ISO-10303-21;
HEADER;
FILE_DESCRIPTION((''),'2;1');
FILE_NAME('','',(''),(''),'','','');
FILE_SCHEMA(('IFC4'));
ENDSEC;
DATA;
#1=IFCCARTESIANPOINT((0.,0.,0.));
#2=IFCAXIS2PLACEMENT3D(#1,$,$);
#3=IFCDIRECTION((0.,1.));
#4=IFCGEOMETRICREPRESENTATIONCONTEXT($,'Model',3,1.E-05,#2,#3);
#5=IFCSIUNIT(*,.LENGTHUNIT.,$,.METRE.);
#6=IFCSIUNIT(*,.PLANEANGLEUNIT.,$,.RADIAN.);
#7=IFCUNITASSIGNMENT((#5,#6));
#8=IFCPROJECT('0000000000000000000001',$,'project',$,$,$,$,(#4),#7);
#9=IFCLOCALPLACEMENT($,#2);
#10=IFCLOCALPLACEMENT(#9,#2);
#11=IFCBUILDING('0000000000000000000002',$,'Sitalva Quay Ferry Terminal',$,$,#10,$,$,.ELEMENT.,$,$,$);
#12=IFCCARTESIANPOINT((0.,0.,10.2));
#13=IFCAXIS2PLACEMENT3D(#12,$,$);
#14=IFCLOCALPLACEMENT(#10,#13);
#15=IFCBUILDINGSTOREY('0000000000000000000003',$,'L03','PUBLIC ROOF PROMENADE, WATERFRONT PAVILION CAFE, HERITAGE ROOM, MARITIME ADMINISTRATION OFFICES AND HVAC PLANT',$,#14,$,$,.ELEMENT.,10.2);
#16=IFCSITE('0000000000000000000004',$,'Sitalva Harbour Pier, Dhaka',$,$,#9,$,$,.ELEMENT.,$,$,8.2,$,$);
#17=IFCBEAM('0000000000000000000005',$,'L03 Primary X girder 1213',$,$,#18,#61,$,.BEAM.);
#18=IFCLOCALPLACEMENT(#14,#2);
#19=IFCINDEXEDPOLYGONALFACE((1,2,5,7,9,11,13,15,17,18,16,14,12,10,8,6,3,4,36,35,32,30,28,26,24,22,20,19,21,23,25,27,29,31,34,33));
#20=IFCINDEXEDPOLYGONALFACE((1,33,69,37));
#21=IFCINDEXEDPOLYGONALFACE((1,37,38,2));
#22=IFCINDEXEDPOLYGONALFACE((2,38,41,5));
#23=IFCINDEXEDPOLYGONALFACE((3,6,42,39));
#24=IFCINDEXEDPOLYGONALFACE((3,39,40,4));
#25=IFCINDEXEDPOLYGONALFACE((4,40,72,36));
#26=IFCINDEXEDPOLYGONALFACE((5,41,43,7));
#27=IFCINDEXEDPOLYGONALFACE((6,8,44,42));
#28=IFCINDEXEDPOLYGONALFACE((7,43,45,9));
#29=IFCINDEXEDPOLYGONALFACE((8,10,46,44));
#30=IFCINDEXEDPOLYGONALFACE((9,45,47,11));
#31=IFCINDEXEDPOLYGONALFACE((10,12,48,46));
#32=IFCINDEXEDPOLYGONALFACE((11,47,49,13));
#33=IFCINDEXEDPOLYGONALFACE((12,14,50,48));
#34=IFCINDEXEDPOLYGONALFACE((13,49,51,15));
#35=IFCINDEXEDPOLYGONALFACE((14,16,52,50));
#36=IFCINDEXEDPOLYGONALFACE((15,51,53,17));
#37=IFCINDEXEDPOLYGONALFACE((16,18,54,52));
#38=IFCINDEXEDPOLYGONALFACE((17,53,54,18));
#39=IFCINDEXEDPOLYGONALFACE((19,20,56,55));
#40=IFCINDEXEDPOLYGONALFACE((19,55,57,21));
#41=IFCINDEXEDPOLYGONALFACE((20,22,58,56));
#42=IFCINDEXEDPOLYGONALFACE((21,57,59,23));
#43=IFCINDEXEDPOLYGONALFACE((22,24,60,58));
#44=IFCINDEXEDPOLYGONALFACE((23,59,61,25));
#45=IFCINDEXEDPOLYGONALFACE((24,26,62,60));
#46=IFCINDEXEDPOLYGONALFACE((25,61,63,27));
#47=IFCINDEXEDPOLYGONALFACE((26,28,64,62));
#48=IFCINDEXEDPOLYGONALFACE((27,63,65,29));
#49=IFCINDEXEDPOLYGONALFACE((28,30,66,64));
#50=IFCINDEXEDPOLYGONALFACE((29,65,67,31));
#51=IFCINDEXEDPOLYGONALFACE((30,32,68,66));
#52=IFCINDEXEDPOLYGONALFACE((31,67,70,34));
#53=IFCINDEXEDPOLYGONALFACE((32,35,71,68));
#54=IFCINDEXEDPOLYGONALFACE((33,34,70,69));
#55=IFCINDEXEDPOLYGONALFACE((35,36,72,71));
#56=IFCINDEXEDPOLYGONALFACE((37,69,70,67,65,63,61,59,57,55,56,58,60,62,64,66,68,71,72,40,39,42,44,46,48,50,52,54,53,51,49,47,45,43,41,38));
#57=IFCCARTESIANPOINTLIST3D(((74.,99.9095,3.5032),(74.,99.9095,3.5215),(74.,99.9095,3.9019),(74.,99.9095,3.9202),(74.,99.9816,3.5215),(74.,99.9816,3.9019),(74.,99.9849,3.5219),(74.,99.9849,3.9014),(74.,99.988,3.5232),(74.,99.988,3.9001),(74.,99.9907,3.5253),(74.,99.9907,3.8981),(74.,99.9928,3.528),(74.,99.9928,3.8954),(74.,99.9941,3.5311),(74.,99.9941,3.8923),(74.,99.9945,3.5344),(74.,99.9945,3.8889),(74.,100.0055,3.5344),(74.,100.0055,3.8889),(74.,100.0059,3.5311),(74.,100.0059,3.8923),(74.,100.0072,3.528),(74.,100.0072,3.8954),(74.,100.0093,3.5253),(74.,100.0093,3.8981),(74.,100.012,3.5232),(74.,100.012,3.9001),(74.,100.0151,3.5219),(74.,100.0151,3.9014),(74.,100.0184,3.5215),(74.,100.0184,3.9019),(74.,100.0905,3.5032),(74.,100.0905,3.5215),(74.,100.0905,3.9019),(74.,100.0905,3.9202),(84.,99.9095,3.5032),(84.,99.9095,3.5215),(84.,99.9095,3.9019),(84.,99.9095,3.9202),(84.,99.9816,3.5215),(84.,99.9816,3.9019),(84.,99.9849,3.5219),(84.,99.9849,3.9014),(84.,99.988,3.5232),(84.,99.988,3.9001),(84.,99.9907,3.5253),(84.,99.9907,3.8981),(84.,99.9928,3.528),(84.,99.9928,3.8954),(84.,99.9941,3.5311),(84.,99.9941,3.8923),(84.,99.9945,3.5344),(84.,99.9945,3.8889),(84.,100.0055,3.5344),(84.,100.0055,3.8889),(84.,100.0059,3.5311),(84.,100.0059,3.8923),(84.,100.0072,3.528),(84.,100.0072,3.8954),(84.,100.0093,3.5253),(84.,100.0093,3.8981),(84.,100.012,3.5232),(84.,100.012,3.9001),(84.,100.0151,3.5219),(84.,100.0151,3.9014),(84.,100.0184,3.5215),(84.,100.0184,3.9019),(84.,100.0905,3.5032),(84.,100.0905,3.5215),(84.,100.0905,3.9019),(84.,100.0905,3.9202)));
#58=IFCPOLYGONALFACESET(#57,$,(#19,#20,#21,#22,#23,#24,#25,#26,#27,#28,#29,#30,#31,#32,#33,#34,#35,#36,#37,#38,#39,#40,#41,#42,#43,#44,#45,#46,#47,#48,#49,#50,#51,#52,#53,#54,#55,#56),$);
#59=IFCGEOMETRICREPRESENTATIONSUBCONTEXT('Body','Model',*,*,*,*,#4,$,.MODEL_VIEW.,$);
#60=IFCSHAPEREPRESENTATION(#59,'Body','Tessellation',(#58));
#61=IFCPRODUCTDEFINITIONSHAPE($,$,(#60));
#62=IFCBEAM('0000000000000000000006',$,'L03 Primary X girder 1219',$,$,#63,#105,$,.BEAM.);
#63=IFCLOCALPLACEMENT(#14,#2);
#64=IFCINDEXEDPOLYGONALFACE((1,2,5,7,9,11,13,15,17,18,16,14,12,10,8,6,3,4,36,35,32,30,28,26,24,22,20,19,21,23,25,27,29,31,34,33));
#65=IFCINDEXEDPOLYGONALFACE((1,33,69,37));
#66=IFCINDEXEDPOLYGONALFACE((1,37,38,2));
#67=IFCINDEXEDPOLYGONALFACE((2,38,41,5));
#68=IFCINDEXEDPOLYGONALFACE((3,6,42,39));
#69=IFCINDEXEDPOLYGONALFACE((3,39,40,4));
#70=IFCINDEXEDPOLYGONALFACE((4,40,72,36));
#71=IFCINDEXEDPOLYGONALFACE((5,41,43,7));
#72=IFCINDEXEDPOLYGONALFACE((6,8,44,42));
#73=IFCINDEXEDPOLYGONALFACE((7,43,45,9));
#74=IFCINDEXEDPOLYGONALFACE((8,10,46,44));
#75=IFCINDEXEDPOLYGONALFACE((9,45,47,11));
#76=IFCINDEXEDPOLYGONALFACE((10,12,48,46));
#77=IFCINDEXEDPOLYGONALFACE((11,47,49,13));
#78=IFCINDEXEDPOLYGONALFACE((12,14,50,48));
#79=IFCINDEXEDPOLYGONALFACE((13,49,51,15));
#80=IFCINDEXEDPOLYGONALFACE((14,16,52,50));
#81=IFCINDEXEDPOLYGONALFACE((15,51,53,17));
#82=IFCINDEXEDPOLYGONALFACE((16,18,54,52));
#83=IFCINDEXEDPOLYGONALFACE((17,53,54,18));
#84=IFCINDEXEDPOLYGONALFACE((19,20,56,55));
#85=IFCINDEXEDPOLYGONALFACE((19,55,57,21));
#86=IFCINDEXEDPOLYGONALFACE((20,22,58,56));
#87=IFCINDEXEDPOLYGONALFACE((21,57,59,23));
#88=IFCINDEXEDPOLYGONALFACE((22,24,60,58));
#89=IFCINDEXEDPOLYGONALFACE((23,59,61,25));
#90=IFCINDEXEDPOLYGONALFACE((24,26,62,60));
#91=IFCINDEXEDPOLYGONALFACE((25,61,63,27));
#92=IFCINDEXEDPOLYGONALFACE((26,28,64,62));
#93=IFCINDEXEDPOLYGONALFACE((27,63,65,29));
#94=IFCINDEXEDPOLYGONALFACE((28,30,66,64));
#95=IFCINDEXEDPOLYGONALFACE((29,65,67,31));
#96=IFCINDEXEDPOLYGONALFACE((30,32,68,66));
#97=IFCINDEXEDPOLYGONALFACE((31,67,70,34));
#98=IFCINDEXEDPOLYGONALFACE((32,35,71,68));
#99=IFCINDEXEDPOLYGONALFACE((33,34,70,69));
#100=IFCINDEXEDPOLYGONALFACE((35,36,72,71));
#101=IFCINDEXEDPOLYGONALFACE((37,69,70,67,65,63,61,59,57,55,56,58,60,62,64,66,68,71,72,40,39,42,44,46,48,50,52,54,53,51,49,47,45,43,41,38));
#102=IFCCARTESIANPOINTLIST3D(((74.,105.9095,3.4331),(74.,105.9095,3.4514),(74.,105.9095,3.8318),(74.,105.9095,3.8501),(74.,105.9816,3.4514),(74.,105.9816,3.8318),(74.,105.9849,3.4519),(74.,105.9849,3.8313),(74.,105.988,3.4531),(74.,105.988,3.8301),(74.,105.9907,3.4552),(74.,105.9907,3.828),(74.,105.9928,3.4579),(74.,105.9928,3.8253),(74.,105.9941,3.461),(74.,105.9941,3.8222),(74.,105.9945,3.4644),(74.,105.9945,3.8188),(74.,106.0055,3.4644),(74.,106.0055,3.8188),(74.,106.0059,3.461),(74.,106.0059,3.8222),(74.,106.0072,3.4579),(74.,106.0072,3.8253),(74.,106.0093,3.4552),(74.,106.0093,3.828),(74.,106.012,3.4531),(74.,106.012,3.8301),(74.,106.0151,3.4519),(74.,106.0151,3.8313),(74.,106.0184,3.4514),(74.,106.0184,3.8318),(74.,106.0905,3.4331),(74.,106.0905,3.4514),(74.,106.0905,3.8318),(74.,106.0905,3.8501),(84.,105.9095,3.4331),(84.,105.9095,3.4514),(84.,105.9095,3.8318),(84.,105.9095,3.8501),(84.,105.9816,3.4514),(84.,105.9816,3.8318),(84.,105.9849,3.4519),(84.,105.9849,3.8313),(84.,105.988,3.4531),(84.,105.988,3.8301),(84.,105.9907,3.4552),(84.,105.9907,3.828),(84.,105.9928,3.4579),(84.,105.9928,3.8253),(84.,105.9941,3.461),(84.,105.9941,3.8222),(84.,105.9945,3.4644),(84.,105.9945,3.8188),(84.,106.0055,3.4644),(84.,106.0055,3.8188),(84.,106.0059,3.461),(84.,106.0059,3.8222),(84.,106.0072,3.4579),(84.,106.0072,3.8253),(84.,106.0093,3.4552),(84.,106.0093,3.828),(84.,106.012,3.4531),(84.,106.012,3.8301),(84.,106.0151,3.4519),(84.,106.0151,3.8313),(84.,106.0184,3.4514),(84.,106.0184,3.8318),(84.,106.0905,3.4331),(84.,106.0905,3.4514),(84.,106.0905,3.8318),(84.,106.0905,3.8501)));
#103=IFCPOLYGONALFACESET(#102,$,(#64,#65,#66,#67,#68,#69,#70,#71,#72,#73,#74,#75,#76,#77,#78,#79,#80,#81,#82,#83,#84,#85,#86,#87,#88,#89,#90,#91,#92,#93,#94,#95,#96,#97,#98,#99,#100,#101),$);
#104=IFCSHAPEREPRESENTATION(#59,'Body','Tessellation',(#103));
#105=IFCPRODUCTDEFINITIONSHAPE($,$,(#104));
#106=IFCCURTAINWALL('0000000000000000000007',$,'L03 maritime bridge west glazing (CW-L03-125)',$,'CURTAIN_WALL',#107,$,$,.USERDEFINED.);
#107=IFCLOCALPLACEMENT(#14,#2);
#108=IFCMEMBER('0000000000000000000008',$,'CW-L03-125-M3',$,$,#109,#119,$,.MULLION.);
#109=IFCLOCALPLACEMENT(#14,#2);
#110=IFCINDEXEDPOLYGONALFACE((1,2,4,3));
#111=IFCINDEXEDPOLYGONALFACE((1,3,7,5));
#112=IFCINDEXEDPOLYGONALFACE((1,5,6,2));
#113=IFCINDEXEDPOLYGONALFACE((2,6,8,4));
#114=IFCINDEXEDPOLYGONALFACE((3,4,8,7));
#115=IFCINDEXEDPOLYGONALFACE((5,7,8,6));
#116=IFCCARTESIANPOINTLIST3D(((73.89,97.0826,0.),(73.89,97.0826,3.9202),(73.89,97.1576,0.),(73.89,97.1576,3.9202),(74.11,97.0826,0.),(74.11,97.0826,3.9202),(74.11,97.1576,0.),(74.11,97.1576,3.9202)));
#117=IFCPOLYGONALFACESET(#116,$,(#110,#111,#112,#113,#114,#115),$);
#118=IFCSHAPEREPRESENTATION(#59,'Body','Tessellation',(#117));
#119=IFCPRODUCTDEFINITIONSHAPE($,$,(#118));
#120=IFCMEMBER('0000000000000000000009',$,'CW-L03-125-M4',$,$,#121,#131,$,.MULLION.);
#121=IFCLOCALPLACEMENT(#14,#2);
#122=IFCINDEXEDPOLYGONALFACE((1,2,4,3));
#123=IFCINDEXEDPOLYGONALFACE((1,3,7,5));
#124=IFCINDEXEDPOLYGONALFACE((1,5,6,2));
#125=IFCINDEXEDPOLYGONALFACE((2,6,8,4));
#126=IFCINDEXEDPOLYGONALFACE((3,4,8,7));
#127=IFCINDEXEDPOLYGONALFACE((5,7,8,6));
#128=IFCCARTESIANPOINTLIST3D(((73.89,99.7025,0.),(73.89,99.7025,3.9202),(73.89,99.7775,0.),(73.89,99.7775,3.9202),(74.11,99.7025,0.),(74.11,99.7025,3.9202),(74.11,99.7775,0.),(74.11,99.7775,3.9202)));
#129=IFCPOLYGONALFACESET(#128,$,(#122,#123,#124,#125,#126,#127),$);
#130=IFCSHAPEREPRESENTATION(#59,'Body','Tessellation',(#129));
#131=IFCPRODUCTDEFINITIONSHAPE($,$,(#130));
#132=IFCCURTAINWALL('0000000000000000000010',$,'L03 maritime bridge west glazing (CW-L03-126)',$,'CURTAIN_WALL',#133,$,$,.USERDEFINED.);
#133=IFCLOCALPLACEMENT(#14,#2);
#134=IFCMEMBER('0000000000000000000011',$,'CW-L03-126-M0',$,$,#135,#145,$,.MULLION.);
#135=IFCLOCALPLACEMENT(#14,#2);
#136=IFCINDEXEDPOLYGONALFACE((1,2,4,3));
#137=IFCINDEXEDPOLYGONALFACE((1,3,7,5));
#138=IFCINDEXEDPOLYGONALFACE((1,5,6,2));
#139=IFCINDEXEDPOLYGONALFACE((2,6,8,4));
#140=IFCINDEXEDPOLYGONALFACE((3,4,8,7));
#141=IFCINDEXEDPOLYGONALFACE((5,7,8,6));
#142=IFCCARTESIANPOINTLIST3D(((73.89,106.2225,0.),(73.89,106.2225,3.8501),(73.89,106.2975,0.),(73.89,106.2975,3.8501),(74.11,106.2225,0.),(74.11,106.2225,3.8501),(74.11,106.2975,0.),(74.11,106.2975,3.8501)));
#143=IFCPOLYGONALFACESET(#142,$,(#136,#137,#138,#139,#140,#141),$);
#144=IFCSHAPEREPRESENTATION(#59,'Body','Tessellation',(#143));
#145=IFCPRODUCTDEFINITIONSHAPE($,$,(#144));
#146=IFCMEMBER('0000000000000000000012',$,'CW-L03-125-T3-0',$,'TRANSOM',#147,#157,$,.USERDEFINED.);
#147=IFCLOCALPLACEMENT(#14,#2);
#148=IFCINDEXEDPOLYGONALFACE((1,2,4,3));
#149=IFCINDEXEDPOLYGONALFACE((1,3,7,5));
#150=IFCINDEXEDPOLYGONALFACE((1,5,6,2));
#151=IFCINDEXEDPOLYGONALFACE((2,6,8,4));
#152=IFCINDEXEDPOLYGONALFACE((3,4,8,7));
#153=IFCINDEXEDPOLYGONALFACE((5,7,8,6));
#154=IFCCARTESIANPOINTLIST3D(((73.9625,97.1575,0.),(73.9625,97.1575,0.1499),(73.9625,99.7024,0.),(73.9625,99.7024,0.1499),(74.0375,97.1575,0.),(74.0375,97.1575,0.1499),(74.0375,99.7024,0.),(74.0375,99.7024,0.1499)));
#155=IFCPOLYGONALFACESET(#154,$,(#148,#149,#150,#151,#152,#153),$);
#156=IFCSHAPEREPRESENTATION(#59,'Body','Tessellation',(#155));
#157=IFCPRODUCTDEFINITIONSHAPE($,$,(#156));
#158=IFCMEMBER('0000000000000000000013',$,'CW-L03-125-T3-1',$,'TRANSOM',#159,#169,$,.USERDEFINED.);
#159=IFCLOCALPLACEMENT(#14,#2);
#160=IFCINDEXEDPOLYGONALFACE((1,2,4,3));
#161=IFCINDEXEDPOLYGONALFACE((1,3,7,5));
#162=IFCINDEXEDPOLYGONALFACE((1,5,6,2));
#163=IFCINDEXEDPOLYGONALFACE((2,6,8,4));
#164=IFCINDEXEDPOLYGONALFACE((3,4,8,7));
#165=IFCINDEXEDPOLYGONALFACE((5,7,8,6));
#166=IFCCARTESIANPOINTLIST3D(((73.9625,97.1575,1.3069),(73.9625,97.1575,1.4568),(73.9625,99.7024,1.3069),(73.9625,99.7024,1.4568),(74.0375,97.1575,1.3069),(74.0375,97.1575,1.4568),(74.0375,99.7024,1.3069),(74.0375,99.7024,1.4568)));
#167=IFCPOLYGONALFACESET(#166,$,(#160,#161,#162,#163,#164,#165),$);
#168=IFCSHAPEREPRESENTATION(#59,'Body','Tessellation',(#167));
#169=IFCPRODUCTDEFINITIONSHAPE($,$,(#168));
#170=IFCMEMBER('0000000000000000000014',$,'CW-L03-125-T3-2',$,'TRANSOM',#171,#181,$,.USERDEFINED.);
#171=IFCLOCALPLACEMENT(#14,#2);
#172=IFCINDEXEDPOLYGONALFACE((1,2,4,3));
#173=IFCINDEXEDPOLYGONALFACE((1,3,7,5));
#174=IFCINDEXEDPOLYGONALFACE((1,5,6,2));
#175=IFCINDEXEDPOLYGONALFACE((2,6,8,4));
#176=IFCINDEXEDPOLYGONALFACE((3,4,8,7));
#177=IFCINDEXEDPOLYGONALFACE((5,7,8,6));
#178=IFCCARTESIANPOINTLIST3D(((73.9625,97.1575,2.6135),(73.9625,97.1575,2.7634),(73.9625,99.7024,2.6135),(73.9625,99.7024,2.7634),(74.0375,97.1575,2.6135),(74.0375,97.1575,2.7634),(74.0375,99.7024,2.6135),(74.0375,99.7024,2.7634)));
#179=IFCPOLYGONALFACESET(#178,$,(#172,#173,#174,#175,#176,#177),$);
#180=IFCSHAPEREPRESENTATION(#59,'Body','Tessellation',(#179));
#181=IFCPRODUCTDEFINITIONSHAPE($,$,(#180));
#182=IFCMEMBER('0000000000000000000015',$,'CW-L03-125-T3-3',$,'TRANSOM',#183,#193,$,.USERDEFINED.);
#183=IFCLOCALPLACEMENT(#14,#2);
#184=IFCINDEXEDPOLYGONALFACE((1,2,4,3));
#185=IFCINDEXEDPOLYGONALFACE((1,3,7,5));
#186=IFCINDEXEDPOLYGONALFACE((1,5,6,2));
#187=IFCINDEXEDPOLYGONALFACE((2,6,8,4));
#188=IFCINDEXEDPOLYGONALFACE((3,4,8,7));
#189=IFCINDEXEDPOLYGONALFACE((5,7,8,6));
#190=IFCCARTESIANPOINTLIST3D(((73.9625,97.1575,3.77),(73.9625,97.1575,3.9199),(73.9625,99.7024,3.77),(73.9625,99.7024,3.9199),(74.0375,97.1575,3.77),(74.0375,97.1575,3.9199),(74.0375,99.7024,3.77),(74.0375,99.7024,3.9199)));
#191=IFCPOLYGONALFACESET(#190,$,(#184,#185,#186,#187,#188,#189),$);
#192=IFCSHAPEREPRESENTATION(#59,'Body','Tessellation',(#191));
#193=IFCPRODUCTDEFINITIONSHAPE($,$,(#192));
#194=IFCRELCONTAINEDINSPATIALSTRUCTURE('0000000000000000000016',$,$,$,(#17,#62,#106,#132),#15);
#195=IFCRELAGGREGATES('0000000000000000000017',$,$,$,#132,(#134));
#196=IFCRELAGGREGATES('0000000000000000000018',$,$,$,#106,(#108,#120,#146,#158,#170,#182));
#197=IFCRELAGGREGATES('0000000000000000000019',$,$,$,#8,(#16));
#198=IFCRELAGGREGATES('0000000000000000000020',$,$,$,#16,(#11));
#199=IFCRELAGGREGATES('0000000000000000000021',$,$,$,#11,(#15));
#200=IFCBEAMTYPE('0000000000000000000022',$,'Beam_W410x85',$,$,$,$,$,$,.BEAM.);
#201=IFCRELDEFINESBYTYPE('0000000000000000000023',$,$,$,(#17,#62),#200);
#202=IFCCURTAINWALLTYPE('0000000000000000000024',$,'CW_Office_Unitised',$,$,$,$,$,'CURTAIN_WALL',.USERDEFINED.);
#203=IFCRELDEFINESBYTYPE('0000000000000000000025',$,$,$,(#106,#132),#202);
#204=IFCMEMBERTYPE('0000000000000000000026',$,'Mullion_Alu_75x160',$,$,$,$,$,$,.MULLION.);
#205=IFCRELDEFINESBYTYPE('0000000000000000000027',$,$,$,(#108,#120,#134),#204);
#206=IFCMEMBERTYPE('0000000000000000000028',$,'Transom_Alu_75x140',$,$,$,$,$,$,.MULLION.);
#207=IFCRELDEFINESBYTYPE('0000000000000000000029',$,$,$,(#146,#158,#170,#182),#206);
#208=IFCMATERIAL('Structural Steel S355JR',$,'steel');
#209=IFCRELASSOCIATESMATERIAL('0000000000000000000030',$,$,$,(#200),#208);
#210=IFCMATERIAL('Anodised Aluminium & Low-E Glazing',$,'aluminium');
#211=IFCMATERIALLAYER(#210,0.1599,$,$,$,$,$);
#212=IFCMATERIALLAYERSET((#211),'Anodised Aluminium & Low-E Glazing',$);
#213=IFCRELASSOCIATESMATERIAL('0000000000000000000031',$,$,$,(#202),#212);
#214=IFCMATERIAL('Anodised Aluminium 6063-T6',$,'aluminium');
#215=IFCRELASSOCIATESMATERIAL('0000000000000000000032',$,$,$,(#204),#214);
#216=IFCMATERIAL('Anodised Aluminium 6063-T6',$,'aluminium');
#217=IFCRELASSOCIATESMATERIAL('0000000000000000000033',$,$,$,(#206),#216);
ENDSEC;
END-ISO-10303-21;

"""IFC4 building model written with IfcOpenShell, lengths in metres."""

from ifc_helpers import new_model, si_unit, direction, frame, origin, origin_2d, place, context, subcontext, project, spatial, rectangle, i_section, extrude, material, layer, layer_set, material_profile, profile_set, type_object, element, aggregate, save


model = new_model("IFC4")

# Units and contexts
model_context = context("Model", 3, precision=1e-05, world=origin(), true_north=direction((0.0, 1.0)))
body_context = subcontext(model_context, "Body", "Model", "MODEL_VIEW")
ifc_project = project(units=[si_unit("LENGTHUNIT", "METRE"), si_unit("PLANEANGLEUNIT", "RADIAN")], contexts=[model_context])

# Site, building, storey
site_placement = place(None, origin())
site = spatial("IfcSite", under=ifc_project, at=site_placement, Name="Sitalva Harbour Pier, Dhaka", CompositionType="ELEMENT", RefElevation=8.2)
building_placement = place(site_placement, origin())
building = spatial("IfcBuilding", under=site, at=building_placement, Name="Sitalva Quay Ferry Terminal", CompositionType="ELEMENT")
storey_placement = place(building_placement, frame((0.0, 0.0, 10.2)))
storey = spatial("IfcBuildingStorey", under=building, at=storey_placement, Name="L03", Description="PUBLIC ROOF PROMENADE, WATERFRONT PAVILION CAFE, HERITAGE ROOM, MARITIME ADMINISTRATION OFFICES AND HVAC PLANT", CompositionType="ELEMENT", Elevation=10.2)

# Beams
ifc_material_1 = material(Name="Structural Steel S355JR", Category="steel")
ifc_material_profile_1 = material_profile(ifc_material_1, i_section(OverallWidth=0.1809, OverallDepth=0.417, WebThickness=0.011, FlangeThickness=0.0183, FilletRadius=0.0129, at=origin_2d()), Name="W410x85")
ifc_profile_set_1 = profile_set([ifc_material_profile_1], Name="Structural Steel S355JR")
beam_type_1 = type_object("IfcBeamType", Name="Beam_W410x85", PredefinedType="BEAM", material=ifc_profile_set_1)
for number, where, z_axis, x_axis, name in (
    (1, (74.0, 100.0, 3.7117), (1.0, 0.0, 0.0), (0.0, 1.0, 0.0), "L03 Primary X girder 1213"),
    (2, (74.0, 106.0, 3.6416), (1.0, 0.0, 0.0), (0.0, 1.0, 0.0), "L03 Primary X girder 1219"),
):
    element("IfcBeam", number, at=place(storey_placement, frame(where, z_axis=z_axis, x_axis=x_axis)), inside=storey, type_object=beam_type_1, Name=name, PredefinedType="BEAM", context=body_context, shape_type="SweptSolid", body=[
        extrude(i_section(OverallWidth=0.1809, OverallDepth=0.417, WebThickness=0.011, FlangeThickness=0.0183, FilletRadius=0.0129, at=origin_2d()), origin(), (0.0, 0.0, 1.0), 10.0),
    ])

# Curtain wall, members
ifc_material_2 = material(Name="Anodised Aluminium & Low-E Glazing", Category="aluminium")
ifc_layer_1 = layer(ifc_material_2, 0.1599)
ifc_layer_set_1 = layer_set([ifc_layer_1], Name="Anodised Aluminium & Low-E Glazing")
curtain_wall_type = type_object("IfcCurtainWallType", Name="CW_Office_Unitised", ElementType="CURTAIN_WALL", PredefinedType="USERDEFINED", material=ifc_layer_set_1)
curtain_wall_1_placement = place(storey_placement, origin())
curtain_wall_1 = element("IfcCurtainWall", 3, at=curtain_wall_1_placement, inside=storey, type_object=curtain_wall_type, Name="L03 maritime bridge west glazing (CW-L03-125)", ObjectType="CURTAIN_WALL", PredefinedType="USERDEFINED")
ifc_material_3 = material(Name="Anodised Aluminium 6063-T6", Category="aluminium")
ifc_material_profile_2 = material_profile(ifc_material_3, rectangle(XDim=0.075, YDim=0.22, at=origin_2d()), Name="ALU75x220")
ifc_profile_set_2 = profile_set([ifc_material_profile_2], Name="Anodised Aluminium 6063-T6")
member_type_1 = type_object("IfcMemberType", Name="Mullion_Alu_75x160", PredefinedType="MULLION", material=ifc_profile_set_2)
member_1_placement = place(storey_placement, frame((74.0, 97.1201, 0.0), z_axis=(0.0, 0.0, 1.0), x_axis=(0.0, 1.0, 0.0)))
member_1 = element("IfcMember", 4, at=member_1_placement, type_object=member_type_1, Name="CW-L03-125-M3", PredefinedType="MULLION", context=body_context, shape_type="SweptSolid", body=[
    extrude(rectangle(XDim=0.075, YDim=0.22, at=origin_2d()), origin(), (0.0, 0.0, 1.0), 3.9202),
])
member_2_placement = place(storey_placement, frame((74.0, 99.74, 0.0), z_axis=(0.0, 0.0, 1.0), x_axis=(0.0, 1.0, 0.0)))
member_2 = element("IfcMember", 5, at=member_2_placement, type_object=member_type_1, Name="CW-L03-125-M4", PredefinedType="MULLION", context=body_context, shape_type="SweptSolid", body=[
    extrude(rectangle(XDim=0.075, YDim=0.22, at=origin_2d()), origin(), (0.0, 0.0, 1.0), 3.9202),
])

# Curtain wall, member
curtain_wall_2_placement = place(storey_placement, origin())
curtain_wall_2 = element("IfcCurtainWall", 6, at=curtain_wall_2_placement, inside=storey, type_object=curtain_wall_type, Name="L03 maritime bridge west glazing (CW-L03-126)", ObjectType="CURTAIN_WALL", PredefinedType="USERDEFINED")
member_3_placement = place(storey_placement, frame((74.0, 106.26, 0.0), z_axis=(0.0, 0.0, 1.0), x_axis=(0.0, 1.0, 0.0)))
member_3 = element("IfcMember", 7, at=member_3_placement, type_object=member_type_1, Name="CW-L03-126-M0", PredefinedType="MULLION", context=body_context, shape_type="SweptSolid", body=[
    extrude(rectangle(XDim=0.075, YDim=0.22, at=origin_2d()), origin(), (0.0, 0.0, 1.0), 3.8501),
])

# Members
ifc_material_4 = material(Name="Anodised Aluminium 6063-T6", Category="aluminium")
ifc_material_profile_3 = material_profile(ifc_material_4, rectangle(XDim=0.075, YDim=0.1499, at=origin_2d()), Name="ALU75x150")
ifc_profile_set_3 = profile_set([ifc_material_profile_3], Name="Anodised Aluminium 6063-T6")
member_type_2 = type_object("IfcMemberType", Name="Transom_Alu_75x140", PredefinedType="MULLION", material=ifc_profile_set_3)
member_4_placement = place(storey_placement, frame((74.0, 97.1575, 0.075), z_axis=(0.0, 1.0, 0.0), x_axis=(-1.0, 0.0, 0.0)))
member_4 = element("IfcMember", 8, at=member_4_placement, type_object=member_type_2, Name="CW-L03-125-T3-0", ObjectType="TRANSOM", PredefinedType="USERDEFINED", context=body_context, shape_type="SweptSolid", body=[
    extrude(rectangle(XDim=0.075, YDim=0.1499, at=origin_2d()), origin(), (0.0, 0.0, 1.0), 2.5449),
])
member_5_placement = place(storey_placement, frame((74.0, 97.1575, 1.3818), z_axis=(0.0, 1.0, 0.0), x_axis=(-1.0, 0.0, 0.0)))
member_5 = element("IfcMember", 9, at=member_5_placement, type_object=member_type_2, Name="CW-L03-125-T3-1", ObjectType="TRANSOM", PredefinedType="USERDEFINED", context=body_context, shape_type="SweptSolid", body=[
    extrude(rectangle(XDim=0.075, YDim=0.1499, at=origin_2d()), origin(), (0.0, 0.0, 1.0), 2.5449),
])
member_6_placement = place(storey_placement, frame((74.0, 97.1575, 2.6885), z_axis=(0.0, 1.0, 0.0), x_axis=(-1.0, 0.0, 0.0)))
member_6 = element("IfcMember", 10, at=member_6_placement, type_object=member_type_2, Name="CW-L03-125-T3-2", ObjectType="TRANSOM", PredefinedType="USERDEFINED", context=body_context, shape_type="SweptSolid", body=[
    extrude(rectangle(XDim=0.075, YDim=0.1499, at=origin_2d()), origin(), (0.0, 0.0, 1.0), 2.5449),
])
member_7_placement = place(storey_placement, frame((74.0, 97.1575, 3.845), z_axis=(0.0, 1.0, 0.0), x_axis=(-1.0, 0.0, 0.0)))
member_7 = element("IfcMember", 11, at=member_7_placement, type_object=member_type_2, Name="CW-L03-125-T3-3", ObjectType="TRANSOM", PredefinedType="USERDEFINED", context=body_context, shape_type="SweptSolid", body=[
    extrude(rectangle(XDim=0.075, YDim=0.1499, at=origin_2d()), origin(), (0.0, 0.0, 1.0), 2.5449),
])
aggregate(curtain_wall_2, [member_3])

aggregate(curtain_wall_1, [member_1, member_2, member_4, member_5, member_6, member_7])

save(model, "model.ifc")
